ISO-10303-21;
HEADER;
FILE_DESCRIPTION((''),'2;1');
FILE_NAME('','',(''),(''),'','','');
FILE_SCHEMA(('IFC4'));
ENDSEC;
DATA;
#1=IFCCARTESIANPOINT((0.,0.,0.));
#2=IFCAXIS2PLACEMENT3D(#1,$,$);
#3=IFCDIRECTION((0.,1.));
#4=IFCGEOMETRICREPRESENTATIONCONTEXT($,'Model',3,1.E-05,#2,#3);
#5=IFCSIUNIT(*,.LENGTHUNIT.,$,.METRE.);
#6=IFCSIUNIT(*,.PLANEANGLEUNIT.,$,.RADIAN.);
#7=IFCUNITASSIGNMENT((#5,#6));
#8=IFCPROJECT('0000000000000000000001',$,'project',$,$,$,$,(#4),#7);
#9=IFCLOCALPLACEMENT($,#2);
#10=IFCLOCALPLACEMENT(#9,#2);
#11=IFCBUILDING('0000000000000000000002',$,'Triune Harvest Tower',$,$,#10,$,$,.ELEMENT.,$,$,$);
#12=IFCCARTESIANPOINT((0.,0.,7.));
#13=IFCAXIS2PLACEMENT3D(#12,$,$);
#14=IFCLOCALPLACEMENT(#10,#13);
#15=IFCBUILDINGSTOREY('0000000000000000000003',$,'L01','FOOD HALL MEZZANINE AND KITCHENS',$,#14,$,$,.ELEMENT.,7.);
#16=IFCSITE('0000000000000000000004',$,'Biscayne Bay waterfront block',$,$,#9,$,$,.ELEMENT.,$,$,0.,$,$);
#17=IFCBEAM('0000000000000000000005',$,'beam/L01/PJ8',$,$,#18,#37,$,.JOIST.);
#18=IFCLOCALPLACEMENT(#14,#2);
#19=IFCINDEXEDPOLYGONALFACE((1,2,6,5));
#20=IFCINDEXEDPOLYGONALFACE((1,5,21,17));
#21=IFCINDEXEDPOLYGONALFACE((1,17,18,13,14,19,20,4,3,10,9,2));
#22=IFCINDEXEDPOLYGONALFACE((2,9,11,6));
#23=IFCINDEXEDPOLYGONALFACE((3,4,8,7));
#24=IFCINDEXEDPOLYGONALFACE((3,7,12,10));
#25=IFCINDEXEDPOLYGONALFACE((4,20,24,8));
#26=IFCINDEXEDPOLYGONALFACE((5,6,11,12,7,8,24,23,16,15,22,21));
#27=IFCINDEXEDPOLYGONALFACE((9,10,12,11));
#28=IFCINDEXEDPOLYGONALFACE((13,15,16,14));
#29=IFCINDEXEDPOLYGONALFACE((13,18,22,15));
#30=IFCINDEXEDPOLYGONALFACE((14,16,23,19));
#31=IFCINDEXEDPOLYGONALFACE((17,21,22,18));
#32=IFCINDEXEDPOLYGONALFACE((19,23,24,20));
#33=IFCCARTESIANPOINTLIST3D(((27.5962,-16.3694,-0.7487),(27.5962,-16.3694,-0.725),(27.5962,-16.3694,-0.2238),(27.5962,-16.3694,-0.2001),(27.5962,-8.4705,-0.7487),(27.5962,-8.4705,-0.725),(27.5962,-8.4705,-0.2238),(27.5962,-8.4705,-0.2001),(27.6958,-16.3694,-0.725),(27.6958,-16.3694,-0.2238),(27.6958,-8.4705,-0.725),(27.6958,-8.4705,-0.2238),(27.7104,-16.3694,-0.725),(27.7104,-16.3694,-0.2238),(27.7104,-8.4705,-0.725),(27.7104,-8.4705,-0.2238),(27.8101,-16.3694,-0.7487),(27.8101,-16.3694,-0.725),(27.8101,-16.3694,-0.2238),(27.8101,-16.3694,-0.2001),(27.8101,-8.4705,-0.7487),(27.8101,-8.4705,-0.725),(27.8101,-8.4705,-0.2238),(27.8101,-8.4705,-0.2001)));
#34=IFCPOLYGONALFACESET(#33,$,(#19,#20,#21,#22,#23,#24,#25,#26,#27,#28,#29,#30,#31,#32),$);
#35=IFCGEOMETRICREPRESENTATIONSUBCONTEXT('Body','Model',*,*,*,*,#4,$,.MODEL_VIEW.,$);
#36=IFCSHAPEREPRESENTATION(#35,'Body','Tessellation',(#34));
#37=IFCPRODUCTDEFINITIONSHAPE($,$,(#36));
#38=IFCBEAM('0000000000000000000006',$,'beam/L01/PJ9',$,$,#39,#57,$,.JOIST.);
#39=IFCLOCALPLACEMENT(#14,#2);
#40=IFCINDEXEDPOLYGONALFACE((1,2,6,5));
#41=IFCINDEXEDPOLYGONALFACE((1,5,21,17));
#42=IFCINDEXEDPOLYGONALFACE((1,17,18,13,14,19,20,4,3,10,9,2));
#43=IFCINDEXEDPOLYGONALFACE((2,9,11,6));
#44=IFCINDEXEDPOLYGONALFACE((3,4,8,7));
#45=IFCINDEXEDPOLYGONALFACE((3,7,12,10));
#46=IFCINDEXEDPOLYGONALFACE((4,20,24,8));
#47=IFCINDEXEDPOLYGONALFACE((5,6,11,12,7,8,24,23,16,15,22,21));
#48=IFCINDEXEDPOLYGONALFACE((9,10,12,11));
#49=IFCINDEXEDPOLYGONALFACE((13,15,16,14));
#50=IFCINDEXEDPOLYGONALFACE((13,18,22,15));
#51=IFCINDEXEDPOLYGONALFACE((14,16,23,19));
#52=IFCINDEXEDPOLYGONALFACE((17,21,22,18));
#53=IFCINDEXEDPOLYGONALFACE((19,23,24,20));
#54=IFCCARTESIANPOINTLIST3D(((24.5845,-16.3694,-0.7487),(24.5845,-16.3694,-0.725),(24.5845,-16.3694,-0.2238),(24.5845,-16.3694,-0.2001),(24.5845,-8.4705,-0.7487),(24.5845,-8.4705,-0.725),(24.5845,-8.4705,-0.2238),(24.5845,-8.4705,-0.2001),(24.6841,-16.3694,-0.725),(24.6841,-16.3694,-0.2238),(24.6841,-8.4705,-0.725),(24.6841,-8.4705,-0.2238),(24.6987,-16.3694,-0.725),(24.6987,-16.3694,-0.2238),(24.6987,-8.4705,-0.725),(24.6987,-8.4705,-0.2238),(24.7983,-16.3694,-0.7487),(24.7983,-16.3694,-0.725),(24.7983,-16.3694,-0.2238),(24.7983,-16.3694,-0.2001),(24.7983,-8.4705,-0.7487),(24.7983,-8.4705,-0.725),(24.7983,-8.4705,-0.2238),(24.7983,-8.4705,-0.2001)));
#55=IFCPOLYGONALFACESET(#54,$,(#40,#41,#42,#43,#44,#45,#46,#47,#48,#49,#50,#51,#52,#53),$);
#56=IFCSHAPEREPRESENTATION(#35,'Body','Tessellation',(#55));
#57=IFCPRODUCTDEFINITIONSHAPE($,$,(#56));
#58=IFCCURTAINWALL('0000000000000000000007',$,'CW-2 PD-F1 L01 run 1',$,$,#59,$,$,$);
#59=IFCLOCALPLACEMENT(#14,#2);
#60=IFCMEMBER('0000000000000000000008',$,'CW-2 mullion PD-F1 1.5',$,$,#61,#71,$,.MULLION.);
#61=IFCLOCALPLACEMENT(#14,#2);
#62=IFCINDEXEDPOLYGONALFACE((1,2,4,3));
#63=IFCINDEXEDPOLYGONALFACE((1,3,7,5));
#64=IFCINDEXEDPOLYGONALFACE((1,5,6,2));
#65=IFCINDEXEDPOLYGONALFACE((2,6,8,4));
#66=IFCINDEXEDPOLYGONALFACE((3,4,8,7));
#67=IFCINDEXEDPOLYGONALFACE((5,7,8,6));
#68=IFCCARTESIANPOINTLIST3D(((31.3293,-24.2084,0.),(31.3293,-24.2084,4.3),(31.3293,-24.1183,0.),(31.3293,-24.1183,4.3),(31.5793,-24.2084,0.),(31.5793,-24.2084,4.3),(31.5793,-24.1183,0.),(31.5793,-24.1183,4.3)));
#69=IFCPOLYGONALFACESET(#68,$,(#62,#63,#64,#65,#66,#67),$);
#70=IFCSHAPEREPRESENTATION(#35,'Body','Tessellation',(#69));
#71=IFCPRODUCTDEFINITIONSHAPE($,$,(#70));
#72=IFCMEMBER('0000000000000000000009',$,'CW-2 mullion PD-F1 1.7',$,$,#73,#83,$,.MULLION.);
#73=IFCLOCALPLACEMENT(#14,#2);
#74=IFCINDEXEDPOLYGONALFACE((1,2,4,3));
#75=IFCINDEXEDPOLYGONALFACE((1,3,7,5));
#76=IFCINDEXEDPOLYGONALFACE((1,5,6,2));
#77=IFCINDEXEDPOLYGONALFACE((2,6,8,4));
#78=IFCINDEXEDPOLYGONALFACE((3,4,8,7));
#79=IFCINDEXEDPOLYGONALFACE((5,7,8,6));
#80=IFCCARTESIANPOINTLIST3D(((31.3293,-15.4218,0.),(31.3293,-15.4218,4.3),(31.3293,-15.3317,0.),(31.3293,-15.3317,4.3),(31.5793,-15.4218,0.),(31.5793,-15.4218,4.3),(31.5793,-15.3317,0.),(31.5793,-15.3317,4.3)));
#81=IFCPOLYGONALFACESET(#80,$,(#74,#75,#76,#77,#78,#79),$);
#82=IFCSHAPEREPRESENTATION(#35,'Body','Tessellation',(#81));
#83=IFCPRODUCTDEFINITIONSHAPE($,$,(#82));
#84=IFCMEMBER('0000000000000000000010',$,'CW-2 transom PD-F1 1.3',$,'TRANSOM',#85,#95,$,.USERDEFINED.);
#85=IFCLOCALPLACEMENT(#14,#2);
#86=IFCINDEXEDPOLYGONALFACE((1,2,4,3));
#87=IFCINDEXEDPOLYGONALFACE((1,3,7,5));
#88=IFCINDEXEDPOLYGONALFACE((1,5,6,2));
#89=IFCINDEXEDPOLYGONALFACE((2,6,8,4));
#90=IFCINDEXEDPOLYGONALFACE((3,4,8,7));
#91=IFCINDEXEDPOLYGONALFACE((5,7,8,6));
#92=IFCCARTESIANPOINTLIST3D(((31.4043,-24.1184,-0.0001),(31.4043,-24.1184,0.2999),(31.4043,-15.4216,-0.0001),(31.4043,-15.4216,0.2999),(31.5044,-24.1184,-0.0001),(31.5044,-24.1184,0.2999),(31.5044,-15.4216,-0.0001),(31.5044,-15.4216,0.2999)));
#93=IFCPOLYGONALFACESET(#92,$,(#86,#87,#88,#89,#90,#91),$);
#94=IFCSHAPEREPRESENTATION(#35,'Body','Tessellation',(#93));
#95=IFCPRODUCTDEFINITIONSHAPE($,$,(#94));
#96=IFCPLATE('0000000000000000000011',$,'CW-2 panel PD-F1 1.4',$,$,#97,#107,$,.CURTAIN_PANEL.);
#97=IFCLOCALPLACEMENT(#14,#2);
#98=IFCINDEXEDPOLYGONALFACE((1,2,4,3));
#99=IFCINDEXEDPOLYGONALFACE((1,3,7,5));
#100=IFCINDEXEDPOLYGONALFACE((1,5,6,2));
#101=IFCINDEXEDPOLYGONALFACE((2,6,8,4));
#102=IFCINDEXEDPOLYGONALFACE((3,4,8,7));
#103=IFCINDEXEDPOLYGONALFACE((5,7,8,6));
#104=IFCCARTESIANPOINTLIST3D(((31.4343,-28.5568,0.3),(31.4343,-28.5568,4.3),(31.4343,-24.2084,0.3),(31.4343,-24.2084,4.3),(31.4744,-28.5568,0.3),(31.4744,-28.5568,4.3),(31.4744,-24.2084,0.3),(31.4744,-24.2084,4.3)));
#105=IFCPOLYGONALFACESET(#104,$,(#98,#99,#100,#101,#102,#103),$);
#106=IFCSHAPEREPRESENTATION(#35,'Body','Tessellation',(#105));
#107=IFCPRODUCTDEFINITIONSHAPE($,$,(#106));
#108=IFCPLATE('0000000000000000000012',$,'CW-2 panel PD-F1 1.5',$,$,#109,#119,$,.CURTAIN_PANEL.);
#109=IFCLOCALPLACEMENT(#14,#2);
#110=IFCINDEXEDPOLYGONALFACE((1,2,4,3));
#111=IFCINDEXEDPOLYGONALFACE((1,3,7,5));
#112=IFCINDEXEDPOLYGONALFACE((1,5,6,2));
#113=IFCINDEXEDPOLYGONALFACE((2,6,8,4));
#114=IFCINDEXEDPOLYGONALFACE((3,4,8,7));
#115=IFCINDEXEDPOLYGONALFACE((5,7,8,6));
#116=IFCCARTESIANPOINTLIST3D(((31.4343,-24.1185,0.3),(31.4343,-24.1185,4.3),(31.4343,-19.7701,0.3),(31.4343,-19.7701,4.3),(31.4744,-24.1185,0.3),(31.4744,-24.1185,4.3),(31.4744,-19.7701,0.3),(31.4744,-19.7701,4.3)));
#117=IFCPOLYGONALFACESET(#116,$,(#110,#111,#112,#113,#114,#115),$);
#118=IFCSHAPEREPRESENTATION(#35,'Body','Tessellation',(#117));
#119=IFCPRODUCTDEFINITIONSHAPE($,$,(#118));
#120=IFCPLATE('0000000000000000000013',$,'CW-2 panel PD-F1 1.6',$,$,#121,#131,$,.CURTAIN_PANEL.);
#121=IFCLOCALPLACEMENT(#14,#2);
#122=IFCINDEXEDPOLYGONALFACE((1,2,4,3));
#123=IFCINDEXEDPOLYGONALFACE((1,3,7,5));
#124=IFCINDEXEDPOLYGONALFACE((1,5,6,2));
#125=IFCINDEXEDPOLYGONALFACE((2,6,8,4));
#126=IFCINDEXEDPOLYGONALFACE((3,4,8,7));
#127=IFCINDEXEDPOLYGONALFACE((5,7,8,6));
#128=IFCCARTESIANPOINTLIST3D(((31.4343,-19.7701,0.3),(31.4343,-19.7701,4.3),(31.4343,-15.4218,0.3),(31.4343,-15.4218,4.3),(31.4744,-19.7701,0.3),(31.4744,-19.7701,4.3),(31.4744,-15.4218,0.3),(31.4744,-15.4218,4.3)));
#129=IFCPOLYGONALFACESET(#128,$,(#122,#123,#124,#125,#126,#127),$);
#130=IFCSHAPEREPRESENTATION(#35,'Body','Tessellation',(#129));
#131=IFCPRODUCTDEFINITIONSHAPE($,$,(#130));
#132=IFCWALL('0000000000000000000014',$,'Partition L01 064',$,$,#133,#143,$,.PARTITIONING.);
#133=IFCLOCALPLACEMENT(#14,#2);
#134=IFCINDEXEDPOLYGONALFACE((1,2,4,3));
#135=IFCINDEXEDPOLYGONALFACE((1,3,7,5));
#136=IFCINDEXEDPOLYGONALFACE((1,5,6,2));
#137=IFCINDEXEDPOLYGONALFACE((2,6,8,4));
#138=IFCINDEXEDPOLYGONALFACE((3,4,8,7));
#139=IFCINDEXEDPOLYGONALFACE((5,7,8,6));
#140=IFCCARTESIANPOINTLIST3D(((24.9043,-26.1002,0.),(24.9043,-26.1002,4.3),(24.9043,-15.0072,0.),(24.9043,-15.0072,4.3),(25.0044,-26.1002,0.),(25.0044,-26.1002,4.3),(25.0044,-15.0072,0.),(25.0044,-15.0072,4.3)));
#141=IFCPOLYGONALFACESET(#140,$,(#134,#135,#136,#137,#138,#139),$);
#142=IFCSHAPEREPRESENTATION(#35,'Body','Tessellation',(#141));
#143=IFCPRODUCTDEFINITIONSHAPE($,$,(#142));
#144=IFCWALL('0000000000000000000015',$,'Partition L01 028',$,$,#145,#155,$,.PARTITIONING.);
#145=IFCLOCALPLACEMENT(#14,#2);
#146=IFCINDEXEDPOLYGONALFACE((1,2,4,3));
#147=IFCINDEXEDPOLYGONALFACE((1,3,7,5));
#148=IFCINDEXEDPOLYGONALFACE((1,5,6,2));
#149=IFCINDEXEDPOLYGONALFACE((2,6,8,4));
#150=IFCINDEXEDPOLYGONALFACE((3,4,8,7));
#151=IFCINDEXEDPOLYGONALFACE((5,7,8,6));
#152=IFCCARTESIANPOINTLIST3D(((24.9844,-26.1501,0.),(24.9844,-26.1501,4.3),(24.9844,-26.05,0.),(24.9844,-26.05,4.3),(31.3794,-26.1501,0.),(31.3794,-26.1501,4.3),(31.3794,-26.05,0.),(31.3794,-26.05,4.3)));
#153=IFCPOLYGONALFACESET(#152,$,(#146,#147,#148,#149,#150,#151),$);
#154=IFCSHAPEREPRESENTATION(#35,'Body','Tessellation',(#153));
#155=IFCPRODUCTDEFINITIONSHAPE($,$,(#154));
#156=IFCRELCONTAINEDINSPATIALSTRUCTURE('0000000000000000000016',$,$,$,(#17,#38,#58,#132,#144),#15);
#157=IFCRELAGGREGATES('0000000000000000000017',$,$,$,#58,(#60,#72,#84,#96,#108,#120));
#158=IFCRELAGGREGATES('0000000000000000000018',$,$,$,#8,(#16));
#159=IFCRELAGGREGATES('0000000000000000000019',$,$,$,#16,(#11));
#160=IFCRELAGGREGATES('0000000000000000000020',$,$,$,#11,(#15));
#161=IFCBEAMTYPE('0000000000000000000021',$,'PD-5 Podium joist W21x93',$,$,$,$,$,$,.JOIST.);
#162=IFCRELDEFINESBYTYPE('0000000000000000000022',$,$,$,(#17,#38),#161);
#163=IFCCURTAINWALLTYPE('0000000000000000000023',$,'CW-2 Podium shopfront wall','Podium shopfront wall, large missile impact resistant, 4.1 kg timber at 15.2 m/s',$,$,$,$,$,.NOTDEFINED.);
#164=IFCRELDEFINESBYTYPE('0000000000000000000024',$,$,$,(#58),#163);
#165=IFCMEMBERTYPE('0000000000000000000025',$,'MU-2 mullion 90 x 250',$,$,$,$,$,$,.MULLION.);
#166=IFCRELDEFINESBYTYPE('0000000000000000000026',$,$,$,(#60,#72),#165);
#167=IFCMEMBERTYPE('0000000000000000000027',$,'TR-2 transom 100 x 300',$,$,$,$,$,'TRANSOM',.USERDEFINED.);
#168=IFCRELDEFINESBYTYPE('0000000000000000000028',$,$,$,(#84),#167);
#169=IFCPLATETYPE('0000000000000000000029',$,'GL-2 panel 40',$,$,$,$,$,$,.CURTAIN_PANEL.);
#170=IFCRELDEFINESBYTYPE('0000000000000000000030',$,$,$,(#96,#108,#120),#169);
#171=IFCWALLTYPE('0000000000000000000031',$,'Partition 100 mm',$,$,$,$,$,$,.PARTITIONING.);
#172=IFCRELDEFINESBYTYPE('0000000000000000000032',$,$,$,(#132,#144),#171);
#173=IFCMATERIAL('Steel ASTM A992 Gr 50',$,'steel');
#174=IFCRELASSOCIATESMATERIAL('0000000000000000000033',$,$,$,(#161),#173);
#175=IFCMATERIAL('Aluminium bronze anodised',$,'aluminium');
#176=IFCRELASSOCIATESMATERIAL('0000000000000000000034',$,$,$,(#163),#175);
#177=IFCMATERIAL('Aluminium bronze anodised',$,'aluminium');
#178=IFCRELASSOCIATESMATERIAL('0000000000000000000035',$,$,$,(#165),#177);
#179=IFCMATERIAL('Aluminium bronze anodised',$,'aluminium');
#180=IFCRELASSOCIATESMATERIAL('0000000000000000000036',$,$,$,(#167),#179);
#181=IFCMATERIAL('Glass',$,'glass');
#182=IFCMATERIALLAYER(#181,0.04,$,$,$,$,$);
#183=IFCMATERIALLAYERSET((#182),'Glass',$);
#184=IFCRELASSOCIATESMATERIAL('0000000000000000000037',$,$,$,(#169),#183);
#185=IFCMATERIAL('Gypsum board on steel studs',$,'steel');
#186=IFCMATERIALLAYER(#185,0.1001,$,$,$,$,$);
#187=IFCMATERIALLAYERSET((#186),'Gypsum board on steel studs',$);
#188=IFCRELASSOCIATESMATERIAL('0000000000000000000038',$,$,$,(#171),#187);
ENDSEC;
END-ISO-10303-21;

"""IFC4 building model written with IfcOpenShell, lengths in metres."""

from ifc_helpers import new_model, si_unit, direction, frame, frame_2d, origin, origin_2d, place, context, subcontext, project, spatial, rectangle, i_section, extrude, source, transform, mapped, material, layer, layer_set, material_profile, profile_set, type_object, element, aggregate, save


model = new_model("IFC4")

# Units and contexts
model_context = context("Model", 3, precision=1e-05, world=origin(), true_north=direction((0.0, 1.0)))
body_context = subcontext(model_context, "Body", "Model", "MODEL_VIEW")
ifc_project = project(units=[si_unit("LENGTHUNIT", "METRE"), si_unit("PLANEANGLEUNIT", "RADIAN")], contexts=[model_context])

# Site, building, storey
site_placement = place(None, origin())
site = spatial("IfcSite", under=ifc_project, at=site_placement, Name="Biscayne Bay waterfront block", CompositionType="ELEMENT", RefElevation=0.0)
building_placement = place(site_placement, origin())
building = spatial("IfcBuilding", under=site, at=building_placement, Name="Triune Harvest Tower", CompositionType="ELEMENT")
storey_placement = place(building_placement, frame((0.0, 0.0, 7.0)))
storey = spatial("IfcBuildingStorey", under=building, at=storey_placement, Name="L01", Description="FOOD HALL MEZZANINE AND KITCHENS", CompositionType="ELEMENT", Elevation=7.0)

# Beams
ifc_material_1 = material(Name="Steel ASTM A992 Gr 50", Category="steel")
ifc_material_profile_1 = material_profile(ifc_material_1, i_section(OverallWidth=0.2139, OverallDepth=0.5486, WebThickness=0.0146, FlangeThickness=0.0237, at=origin_2d()), Name="W21x93")
ifc_profile_set_1 = profile_set([ifc_material_profile_1], Name="Steel ASTM A992 Gr 50")
beam_type_1 = type_object("IfcBeamType", Name="PD-5 Podium joist W21x93", PredefinedType="JOIST", material=ifc_profile_set_1)
shared_shape_1 = source(origin(), body_context, "Body", "SweptSolid", [
    extrude(i_section(OverallWidth=0.2139, OverallDepth=0.5486, WebThickness=0.0146, FlangeThickness=0.0237, at=origin_2d()), origin(), (0.0, 0.0, 1.0), 7.8989),
])
for number, where, z_axis, x_axis, name in (
    (1, (27.7031, -16.3694, -0.4744), (0.0, 1.0, 0.0), (-1.0, 0.0, 0.0), "beam/L01/PJ8"),
    (2, (24.6914, -16.3694, -0.4744), (0.0, 1.0, 0.0), (-1.0, 0.0, 0.0), "beam/L01/PJ9"),
):
    element("IfcBeam", number, at=place(storey_placement, frame(where, z_axis=z_axis, x_axis=x_axis)), inside=storey, type_object=beam_type_1, Name=name, PredefinedType="JOIST", context=body_context, shape_type="MappedRepresentation", body=[
        mapped(shared_shape_1, transform((0.0, 0.0, 0.0), scale=1.0)),
    ])

# Curtain wall, members, plates
ifc_material_2 = material(Name="Aluminium bronze anodised", Category="aluminium")
curtain_wall_type = type_object("IfcCurtainWallType", Name="CW-2 Podium shopfront wall", Description="Podium shopfront wall, large missile impact resistant, 4.1 kg timber at 15.2 m/s", PredefinedType="NOTDEFINED", material=ifc_material_2)
curtain_wall_placement = place(storey_placement, origin())
curtain_wall = element("IfcCurtainWall", 3, at=curtain_wall_placement, inside=storey, type_object=curtain_wall_type, Name="CW-2 PD-F1 L01 run 1")
ifc_material_3 = material(Name="Aluminium bronze anodised", Category="aluminium")
ifc_material_profile_2 = material_profile(ifc_material_3, rectangle(XDim=0.25, YDim=0.0901, at=origin_2d()), Name="MU-2 mullion 90 x 250")
ifc_profile_set_2 = profile_set([ifc_material_profile_2], Name="Aluminium bronze anodised")
member_type_1 = type_object("IfcMemberType", Name="MU-2 mullion 90 x 250", PredefinedType="MULLION", material=ifc_profile_set_2)
shared_shape_2 = source(origin(), body_context, "Body", "SweptSolid", [
    extrude(rectangle(XDim=0.25, YDim=0.0901, at=origin_2d()), origin(), (0.0, 0.0, 1.0), 4.3),
])
member_1_placement = place(storey_placement, frame((31.4543, -24.1633, 0.0), z_axis=(0.0, 0.0, 1.0), x_axis=(-1.0, 0.0, 0.0)))
member_1 = element("IfcMember", 4, at=member_1_placement, type_object=member_type_1, Name="CW-2 mullion PD-F1 1.5", PredefinedType="MULLION", context=body_context, shape_type="MappedRepresentation", body=[
    mapped(shared_shape_2, transform((0.0, 0.0, 0.0), scale=1.0)),
])
member_2_placement = place(storey_placement, frame((31.4543, -15.3767, 0.0), z_axis=(0.0, 0.0, 1.0), x_axis=(-1.0, 0.0, 0.0)))
member_2 = element("IfcMember", 5, at=member_2_placement, type_object=member_type_1, Name="CW-2 mullion PD-F1 1.7", PredefinedType="MULLION", context=body_context, shape_type="MappedRepresentation", body=[
    mapped(shared_shape_2, transform((0.0, 0.0, 0.0), scale=1.0)),
])
ifc_material_4 = material(Name="Aluminium bronze anodised", Category="aluminium")
ifc_material_profile_3 = material_profile(ifc_material_4, rectangle(XDim=0.1001, YDim=0.3, at=origin_2d()), Name="TR-2 transom 100 x 300")
ifc_profile_set_3 = profile_set([ifc_material_profile_3], Name="Aluminium bronze anodised")
member_type_2 = type_object("IfcMemberType", Name="TR-2 transom 100 x 300", ElementType="TRANSOM", PredefinedType="USERDEFINED", material=ifc_profile_set_3)
shared_shape_3 = source(origin(), body_context, "Body", "SweptSolid", [
    extrude(rectangle(XDim=0.1001, YDim=0.3, at=origin_2d()), origin(), (0.0, 0.0, 1.0), 8.6968),
])
member_3_placement = place(storey_placement, frame((31.4543, -24.1184, 0.1499), z_axis=(0.0, 1.0, 0.0), x_axis=(-1.0, 0.0, 0.0)))
member_3 = element("IfcMember", 6, at=member_3_placement, type_object=member_type_2, Name="CW-2 transom PD-F1 1.3", ObjectType="TRANSOM", PredefinedType="USERDEFINED", context=body_context, shape_type="MappedRepresentation", body=[
    mapped(shared_shape_3, transform((0.0, 0.0, 0.0), scale=1.0)),
])
ifc_material_5 = material(Name="Glass", Category="glass")
ifc_layer_1 = layer(ifc_material_5, 0.04)
ifc_layer_set_1 = layer_set([ifc_layer_1], Name="Glass")
plate_type = type_object("IfcPlateType", Name="GL-2 panel 40", PredefinedType="CURTAIN_PANEL", material=ifc_layer_set_1)
shared_shape_4 = source(origin(), body_context, "Body", "SweptSolid", [
    extrude(rectangle(XDim=4.3484, YDim=0.04, at=origin_2d()), origin(), (0.0, 0.0, 1.0), 4.0),
])
plate_1_placement = place(storey_placement, frame((31.4543, -26.3826, 0.3), z_axis=(0.0, 0.0, 1.0), x_axis=(0.0, 1.0, 0.0)))
plate_1 = element("IfcPlate", 7, at=plate_1_placement, type_object=plate_type, Name="CW-2 panel PD-F1 1.4", PredefinedType="CURTAIN_PANEL", context=body_context, shape_type="MappedRepresentation", body=[
    mapped(shared_shape_4, transform((0.0, 0.0, 0.0), scale=1.0)),
])
plate_2_placement = place(storey_placement, frame((31.4543, -21.9443, 0.3), z_axis=(0.0, 0.0, 1.0), x_axis=(0.0, 1.0, 0.0)))
plate_2 = element("IfcPlate", 8, at=plate_2_placement, type_object=plate_type, Name="CW-2 panel PD-F1 1.5", PredefinedType="CURTAIN_PANEL", context=body_context, shape_type="MappedRepresentation", body=[
    mapped(shared_shape_4, transform((0.0, 0.0, 0.0), scale=1.0)),
])
plate_3_placement = place(storey_placement, frame((31.4543, -17.5959, 0.3), z_axis=(0.0, 0.0, 1.0), x_axis=(0.0, 1.0, 0.0)))
plate_3 = element("IfcPlate", 9, at=plate_3_placement, type_object=plate_type, Name="CW-2 panel PD-F1 1.6", PredefinedType="CURTAIN_PANEL", context=body_context, shape_type="MappedRepresentation", body=[
    mapped(shared_shape_4, transform((0.0, 0.0, 0.0), scale=1.0)),
])
aggregate(curtain_wall, [member_1, member_2, member_3, plate_1, plate_2, plate_3])

# Walls
ifc_material_6 = material(Name="Gypsum board on steel studs", Category="steel")
ifc_layer_2 = layer(ifc_material_6, 0.1001)
ifc_layer_set_2 = layer_set([ifc_layer_2], Name="Gypsum board on steel studs")
wall_type = type_object("IfcWallType", Name="Partition 100 mm", PredefinedType="PARTITIONING", material=ifc_layer_set_2)
wall_1_placement = place(storey_placement, frame((24.9543, -26.1001, 0.0), z_axis=(0.0, 0.0, 1.0), x_axis=(0.0, 1.0, 0.0)))
element("IfcWall", 10, at=wall_1_placement, inside=storey, type_object=wall_type, Name="Partition L01 064", PredefinedType="PARTITIONING", context=body_context, shape_type="SweptSolid", body=[
    extrude(rectangle(XDim=11.093, YDim=0.1001, at=frame_2d((5.5464, 0.0))), origin(), (0.0, 0.0, 1.0), 4.3),
])
shared_shape_5 = source(origin(), body_context, "Body", "SweptSolid", [
    extrude(rectangle(XDim=6.395, YDim=0.1001, at=frame_2d((3.1975, 0.0))), origin(), (0.0, 0.0, 1.0), 4.3),
])
wall_2_placement = place(storey_placement, frame((24.9844, -26.1001, 0.0), z_axis=(0.0, 0.0, 1.0), x_axis=(1.0, 0.0, 0.0)))
element("IfcWall", 11, at=wall_2_placement, inside=storey, type_object=wall_type, Name="Partition L01 028", PredefinedType="PARTITIONING", context=body_context, shape_type="MappedRepresentation", body=[
    mapped(shared_shape_5, transform((0.0, 0.0, 0.0), scale=1.0)),
])

save(model, "model.ifc")
